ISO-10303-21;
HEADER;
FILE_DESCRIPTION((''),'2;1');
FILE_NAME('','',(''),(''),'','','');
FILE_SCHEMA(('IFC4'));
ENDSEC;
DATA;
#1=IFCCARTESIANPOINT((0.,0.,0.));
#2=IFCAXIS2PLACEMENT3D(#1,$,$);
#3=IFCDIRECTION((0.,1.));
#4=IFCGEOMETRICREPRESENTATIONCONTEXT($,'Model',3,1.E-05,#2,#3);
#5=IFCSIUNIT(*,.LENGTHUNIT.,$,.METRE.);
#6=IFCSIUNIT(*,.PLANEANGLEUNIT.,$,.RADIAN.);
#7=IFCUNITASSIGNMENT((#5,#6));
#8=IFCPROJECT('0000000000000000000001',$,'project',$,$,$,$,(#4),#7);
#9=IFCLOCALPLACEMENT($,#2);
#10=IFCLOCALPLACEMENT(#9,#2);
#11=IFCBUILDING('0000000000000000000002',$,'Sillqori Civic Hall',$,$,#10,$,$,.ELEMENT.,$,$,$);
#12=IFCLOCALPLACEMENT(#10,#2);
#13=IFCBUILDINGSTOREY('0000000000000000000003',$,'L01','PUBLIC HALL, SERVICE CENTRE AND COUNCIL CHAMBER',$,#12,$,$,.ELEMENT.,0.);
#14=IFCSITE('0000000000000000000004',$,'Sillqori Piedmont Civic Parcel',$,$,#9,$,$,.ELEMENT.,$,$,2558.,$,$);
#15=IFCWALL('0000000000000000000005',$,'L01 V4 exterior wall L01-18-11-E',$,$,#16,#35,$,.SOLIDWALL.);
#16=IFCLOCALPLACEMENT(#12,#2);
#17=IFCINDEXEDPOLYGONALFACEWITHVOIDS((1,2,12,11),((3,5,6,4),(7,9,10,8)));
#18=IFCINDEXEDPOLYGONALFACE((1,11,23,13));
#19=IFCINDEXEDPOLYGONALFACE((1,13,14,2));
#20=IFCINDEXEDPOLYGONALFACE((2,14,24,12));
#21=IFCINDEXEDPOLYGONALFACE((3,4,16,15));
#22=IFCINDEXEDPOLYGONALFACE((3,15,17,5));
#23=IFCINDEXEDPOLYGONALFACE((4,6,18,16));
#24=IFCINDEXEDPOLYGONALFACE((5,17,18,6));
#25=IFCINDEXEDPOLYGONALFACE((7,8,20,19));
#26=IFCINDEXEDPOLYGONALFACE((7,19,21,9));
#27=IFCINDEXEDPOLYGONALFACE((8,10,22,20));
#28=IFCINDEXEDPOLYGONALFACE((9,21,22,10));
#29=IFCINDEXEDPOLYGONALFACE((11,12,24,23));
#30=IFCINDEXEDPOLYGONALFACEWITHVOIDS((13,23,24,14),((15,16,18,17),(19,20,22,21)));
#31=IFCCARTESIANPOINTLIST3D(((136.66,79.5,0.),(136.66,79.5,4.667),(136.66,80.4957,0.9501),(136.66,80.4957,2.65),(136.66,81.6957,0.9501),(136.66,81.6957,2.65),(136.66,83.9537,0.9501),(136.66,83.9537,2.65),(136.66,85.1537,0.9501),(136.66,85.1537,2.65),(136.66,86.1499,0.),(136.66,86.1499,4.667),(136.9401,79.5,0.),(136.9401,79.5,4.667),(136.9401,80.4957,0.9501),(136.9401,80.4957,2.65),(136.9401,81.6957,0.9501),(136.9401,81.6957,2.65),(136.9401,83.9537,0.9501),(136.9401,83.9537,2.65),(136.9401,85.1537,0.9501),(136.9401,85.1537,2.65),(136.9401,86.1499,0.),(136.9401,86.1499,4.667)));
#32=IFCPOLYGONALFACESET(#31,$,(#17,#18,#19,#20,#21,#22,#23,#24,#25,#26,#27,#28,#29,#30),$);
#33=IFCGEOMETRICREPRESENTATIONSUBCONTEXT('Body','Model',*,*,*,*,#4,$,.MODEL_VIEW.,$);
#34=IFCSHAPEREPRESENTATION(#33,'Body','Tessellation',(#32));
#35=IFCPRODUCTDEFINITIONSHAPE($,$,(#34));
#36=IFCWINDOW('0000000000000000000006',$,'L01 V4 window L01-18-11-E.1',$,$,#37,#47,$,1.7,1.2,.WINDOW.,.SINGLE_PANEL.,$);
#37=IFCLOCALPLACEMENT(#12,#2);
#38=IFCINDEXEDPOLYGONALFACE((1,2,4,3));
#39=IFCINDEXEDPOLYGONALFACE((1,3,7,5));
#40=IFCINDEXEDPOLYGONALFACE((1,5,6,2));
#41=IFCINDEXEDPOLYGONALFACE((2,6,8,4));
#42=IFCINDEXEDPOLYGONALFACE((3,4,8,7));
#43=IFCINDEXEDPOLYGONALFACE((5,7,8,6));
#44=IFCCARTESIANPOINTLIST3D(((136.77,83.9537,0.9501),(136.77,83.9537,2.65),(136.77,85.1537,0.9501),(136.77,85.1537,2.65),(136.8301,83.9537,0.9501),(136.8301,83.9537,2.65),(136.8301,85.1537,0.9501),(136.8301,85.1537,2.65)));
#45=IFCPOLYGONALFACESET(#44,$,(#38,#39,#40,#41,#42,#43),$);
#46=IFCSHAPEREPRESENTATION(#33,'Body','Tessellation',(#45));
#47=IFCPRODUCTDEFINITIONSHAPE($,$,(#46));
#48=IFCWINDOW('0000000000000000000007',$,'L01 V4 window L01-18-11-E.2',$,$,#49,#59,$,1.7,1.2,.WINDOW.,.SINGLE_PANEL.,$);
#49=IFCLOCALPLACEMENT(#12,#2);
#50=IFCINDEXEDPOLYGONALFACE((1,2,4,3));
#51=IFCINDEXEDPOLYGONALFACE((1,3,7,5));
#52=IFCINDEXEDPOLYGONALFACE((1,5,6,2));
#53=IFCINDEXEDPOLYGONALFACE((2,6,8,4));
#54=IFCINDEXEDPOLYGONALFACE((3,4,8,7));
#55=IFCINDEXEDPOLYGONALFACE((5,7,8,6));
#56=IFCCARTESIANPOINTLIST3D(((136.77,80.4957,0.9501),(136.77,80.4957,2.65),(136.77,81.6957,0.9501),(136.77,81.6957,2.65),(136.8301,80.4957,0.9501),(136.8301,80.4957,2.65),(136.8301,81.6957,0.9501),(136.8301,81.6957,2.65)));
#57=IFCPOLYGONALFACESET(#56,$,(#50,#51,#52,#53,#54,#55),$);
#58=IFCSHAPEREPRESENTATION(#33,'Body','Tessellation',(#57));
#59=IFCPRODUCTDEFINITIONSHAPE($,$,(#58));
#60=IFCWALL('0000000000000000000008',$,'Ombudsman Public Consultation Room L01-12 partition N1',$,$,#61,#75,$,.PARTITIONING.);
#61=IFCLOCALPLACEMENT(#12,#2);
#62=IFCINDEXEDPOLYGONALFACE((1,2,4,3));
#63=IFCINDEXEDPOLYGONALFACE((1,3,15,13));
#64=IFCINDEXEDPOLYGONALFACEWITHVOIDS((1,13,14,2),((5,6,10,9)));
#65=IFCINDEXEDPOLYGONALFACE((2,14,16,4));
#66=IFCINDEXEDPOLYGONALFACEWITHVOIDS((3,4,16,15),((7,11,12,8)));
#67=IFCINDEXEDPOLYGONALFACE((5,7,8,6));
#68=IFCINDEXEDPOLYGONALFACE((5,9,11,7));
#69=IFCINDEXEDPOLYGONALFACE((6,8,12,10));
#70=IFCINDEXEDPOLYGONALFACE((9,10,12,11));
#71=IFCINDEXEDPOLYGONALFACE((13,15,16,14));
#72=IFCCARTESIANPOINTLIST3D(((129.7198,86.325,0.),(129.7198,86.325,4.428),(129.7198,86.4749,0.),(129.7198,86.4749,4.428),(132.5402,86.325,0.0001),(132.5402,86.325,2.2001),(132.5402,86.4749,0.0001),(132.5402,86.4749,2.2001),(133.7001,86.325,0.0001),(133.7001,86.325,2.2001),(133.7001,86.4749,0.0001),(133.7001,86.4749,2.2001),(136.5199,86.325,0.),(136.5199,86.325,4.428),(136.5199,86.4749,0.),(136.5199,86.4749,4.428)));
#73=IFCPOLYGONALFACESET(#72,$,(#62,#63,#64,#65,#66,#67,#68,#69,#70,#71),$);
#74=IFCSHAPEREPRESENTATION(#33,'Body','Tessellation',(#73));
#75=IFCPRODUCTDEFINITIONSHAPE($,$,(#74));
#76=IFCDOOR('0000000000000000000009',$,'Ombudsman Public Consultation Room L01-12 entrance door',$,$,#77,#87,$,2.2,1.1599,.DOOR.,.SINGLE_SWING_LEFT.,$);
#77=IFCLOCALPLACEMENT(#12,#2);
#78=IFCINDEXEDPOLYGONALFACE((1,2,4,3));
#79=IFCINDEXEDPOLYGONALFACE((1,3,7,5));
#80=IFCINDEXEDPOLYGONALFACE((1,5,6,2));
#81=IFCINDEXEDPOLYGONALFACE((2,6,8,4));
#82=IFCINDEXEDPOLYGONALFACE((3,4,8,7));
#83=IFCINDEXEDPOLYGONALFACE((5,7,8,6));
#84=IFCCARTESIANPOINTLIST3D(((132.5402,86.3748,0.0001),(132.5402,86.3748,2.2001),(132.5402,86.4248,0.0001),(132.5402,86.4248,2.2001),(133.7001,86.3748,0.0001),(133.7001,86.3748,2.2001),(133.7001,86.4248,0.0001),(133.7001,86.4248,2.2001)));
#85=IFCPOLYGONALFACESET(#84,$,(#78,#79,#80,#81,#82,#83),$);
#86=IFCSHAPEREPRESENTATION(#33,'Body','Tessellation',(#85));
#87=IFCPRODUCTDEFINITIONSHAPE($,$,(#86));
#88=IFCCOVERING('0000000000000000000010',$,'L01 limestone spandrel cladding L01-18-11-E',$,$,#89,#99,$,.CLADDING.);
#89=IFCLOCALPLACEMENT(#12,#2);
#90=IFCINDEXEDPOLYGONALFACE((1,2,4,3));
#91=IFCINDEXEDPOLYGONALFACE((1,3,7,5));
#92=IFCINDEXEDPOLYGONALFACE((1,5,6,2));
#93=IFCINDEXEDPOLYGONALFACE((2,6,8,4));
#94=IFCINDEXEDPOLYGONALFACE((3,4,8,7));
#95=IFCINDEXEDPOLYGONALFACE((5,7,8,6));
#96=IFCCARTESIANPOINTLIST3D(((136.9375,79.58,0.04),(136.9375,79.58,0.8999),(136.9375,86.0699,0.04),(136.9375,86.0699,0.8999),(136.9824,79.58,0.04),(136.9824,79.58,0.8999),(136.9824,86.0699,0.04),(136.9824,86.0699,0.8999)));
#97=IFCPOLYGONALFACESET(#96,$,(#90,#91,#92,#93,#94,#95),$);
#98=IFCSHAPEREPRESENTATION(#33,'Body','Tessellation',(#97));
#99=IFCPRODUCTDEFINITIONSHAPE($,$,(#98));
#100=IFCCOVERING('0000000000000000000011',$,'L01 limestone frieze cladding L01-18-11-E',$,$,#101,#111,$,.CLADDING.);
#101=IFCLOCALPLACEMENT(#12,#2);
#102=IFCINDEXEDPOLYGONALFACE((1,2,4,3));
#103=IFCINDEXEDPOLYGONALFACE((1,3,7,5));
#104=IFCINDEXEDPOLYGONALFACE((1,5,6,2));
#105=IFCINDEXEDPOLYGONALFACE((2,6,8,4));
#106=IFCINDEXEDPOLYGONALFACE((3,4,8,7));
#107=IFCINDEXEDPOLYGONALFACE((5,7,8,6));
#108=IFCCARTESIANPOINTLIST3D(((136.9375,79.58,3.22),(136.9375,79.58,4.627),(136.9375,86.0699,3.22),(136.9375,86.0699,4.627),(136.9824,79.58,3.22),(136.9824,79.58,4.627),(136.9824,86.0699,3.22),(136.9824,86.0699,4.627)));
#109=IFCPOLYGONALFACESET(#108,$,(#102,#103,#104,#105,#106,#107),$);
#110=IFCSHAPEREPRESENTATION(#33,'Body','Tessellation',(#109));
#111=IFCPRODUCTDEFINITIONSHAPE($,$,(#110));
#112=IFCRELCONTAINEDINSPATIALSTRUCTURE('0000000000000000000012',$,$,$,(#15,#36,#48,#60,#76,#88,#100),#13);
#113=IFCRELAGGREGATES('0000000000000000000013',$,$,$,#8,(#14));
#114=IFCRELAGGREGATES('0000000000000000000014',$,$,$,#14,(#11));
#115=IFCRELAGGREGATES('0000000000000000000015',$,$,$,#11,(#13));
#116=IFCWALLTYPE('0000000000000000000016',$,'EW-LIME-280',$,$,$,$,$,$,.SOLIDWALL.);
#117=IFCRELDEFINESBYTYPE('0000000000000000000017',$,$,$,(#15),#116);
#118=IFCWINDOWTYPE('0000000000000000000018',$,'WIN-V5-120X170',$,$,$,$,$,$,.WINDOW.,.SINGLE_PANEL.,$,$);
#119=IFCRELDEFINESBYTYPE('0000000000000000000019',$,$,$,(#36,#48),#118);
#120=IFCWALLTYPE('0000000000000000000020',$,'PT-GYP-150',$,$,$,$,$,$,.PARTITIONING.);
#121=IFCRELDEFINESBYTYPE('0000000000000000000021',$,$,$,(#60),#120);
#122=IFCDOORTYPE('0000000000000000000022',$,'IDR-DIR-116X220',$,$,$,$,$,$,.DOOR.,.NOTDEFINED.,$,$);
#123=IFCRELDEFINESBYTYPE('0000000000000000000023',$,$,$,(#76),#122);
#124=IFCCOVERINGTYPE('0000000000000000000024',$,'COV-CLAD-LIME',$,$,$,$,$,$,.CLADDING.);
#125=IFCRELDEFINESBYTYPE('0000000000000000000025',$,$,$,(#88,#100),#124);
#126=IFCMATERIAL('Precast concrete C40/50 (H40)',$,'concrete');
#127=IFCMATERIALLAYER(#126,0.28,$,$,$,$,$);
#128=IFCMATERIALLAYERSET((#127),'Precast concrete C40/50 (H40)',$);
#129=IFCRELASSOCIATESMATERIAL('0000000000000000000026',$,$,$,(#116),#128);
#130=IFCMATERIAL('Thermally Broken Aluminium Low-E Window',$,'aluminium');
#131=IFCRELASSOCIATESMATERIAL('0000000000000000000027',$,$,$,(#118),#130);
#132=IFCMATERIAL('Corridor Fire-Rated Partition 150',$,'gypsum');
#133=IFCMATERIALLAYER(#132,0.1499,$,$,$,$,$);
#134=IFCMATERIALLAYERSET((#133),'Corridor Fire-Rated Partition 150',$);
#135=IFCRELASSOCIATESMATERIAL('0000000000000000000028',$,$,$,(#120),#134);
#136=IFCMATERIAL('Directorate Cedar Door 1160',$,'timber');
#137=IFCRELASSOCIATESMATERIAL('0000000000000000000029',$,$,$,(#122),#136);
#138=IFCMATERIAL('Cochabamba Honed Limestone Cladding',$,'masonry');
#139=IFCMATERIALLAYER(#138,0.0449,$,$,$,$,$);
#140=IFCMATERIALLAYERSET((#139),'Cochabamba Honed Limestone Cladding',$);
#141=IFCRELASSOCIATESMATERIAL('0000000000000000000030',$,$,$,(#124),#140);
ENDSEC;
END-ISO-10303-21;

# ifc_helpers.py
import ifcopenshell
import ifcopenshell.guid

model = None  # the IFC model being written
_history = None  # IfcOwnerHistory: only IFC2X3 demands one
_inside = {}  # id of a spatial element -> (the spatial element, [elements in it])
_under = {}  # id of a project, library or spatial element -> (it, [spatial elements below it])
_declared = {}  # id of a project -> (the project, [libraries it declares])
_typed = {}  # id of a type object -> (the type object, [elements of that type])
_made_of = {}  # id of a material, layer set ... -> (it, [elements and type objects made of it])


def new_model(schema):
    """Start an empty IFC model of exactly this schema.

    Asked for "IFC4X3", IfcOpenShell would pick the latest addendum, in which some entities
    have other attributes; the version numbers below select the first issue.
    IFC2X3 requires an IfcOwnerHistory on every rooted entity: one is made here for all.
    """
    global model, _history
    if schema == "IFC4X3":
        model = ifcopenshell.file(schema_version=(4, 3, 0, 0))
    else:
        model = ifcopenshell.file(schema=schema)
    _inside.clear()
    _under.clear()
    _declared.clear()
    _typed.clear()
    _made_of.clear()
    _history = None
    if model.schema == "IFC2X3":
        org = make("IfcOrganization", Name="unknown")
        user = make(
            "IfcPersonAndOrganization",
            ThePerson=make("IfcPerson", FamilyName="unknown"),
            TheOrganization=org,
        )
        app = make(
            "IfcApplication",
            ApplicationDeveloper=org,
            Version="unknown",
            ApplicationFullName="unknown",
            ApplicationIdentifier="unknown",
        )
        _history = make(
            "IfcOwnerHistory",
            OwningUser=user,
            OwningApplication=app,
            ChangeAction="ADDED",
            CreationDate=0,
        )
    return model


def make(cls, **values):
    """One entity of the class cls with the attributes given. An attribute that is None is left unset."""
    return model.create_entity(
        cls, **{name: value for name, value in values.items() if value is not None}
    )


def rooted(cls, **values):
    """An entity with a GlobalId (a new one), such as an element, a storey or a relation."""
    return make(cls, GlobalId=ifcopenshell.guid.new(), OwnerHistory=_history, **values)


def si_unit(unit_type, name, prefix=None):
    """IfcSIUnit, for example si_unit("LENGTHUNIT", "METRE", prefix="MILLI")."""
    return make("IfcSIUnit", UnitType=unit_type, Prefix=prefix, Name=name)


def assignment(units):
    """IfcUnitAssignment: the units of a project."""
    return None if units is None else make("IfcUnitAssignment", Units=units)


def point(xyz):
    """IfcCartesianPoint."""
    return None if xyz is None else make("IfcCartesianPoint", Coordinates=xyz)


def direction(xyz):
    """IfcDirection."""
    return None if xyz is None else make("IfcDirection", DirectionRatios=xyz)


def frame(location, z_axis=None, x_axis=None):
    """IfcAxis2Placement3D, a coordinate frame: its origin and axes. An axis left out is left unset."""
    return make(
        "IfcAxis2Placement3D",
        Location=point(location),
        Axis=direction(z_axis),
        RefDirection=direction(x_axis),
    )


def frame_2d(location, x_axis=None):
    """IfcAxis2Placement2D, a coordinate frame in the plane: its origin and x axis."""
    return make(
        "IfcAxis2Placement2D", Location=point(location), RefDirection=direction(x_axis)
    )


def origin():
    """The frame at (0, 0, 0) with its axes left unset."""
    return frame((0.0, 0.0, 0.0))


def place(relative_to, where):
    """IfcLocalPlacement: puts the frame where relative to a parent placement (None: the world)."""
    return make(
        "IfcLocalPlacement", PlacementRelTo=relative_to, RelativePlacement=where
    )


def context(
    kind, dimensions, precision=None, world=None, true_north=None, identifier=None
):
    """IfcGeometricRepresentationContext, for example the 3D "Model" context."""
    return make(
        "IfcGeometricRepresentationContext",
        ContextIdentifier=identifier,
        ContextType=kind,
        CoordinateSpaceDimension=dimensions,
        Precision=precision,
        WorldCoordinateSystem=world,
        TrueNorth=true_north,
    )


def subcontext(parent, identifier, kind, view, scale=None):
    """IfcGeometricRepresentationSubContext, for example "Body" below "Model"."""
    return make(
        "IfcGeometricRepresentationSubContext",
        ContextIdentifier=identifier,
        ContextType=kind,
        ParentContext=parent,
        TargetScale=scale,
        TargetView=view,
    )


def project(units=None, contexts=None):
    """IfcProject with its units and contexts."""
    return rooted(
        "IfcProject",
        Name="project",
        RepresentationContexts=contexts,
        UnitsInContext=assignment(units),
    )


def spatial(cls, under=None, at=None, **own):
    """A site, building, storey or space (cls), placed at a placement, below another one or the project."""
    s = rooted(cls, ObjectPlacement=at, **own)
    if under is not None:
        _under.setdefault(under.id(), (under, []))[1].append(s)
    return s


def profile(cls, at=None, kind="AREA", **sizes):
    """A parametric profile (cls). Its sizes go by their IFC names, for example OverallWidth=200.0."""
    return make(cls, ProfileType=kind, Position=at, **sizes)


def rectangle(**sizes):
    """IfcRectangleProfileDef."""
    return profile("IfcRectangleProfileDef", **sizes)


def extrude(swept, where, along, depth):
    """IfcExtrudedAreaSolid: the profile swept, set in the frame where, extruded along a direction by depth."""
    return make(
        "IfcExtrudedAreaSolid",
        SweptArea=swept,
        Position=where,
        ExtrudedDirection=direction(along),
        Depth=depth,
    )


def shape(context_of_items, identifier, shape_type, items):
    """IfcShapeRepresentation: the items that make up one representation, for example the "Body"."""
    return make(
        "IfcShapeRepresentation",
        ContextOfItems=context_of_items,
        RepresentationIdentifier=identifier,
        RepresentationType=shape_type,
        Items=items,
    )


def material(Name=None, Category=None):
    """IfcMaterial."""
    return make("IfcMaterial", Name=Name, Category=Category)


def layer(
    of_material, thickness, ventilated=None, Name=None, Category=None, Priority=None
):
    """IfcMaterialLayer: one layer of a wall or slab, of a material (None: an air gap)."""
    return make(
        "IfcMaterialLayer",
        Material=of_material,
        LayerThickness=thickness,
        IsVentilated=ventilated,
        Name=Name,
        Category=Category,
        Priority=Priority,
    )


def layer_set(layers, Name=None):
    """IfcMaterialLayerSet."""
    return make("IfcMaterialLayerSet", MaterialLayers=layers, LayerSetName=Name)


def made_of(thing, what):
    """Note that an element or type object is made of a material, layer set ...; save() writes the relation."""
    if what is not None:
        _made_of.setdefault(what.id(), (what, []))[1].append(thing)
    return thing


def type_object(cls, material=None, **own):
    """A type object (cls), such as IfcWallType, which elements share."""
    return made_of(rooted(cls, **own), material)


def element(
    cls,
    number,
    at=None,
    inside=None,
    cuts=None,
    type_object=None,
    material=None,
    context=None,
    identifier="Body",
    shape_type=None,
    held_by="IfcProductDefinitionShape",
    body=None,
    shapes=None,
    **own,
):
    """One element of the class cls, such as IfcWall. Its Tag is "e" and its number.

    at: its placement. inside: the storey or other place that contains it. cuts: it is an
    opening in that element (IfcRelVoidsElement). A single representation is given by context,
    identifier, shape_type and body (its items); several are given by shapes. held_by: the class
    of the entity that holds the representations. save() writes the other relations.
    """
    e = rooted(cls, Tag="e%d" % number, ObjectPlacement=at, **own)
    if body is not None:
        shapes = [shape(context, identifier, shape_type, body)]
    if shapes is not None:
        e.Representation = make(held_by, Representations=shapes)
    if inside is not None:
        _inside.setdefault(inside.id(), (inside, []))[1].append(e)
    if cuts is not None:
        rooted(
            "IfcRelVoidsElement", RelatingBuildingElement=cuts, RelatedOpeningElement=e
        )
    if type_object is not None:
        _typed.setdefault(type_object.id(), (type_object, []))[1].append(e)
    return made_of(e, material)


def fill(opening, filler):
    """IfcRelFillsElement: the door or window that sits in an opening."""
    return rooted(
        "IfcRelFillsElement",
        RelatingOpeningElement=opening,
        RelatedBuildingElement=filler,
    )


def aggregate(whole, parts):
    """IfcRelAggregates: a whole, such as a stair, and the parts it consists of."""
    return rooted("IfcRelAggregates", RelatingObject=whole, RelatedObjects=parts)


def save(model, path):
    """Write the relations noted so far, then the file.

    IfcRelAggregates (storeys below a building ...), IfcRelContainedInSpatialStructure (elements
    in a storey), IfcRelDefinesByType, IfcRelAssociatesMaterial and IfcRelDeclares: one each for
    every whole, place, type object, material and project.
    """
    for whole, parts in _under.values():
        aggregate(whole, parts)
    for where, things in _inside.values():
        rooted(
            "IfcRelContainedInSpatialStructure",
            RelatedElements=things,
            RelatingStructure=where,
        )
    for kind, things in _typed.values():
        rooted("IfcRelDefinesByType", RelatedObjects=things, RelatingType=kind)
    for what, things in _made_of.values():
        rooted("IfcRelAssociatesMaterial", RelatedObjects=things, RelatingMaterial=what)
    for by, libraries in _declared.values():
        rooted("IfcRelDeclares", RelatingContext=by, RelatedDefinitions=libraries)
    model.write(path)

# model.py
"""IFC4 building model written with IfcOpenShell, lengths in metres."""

from ifc_helpers import new_model, si_unit, direction, frame, frame_2d, origin, place, context, subcontext, project, spatial, rectangle, extrude, material, layer, layer_set, type_object, element, fill, save


model = new_model("IFC4")

# Units and contexts
model_context = context("Model", 3, precision=1e-05, world=origin(), true_north=direction((0.0, 1.0)))
body_context = subcontext(model_context, "Body", "Model", "MODEL_VIEW")
ifc_project = project(units=[si_unit("LENGTHUNIT", "METRE"), si_unit("PLANEANGLEUNIT", "RADIAN")], contexts=[model_context])

# Site, building, storey
site_placement = place(None, origin())
site = spatial("IfcSite", under=ifc_project, at=site_placement, Name="Sillqori Piedmont Civic Parcel", CompositionType="ELEMENT", RefElevation=2558.0)
building_placement = place(site_placement, origin())
building = spatial("IfcBuilding", under=site, at=building_placement, Name="Sillqori Civic Hall", CompositionType="ELEMENT")
storey_placement = place(building_placement, origin())
storey = spatial("IfcBuildingStorey", under=building, at=storey_placement, Name="L01", Description="PUBLIC HALL, SERVICE CENTRE AND COUNCIL CHAMBER", CompositionType="ELEMENT", Elevation=0.0)

# Wall, openings, windows
ifc_material_1 = material(Name="Precast concrete C40/50 (H40)", Category="concrete")
ifc_layer_1 = layer(ifc_material_1, 0.28)
ifc_layer_set_1 = layer_set([ifc_layer_1], Name="Precast concrete C40/50 (H40)")
wall_type_1 = type_object("IfcWallType", Name="EW-LIME-280", PredefinedType="SOLIDWALL", material=ifc_layer_set_1)
wall_1_placement = place(storey_placement, frame((136.8, 86.1499, 0.0), z_axis=(0.0, 0.0, 1.0), x_axis=(0.0, -1.0, 0.0)))
wall_1 = element("IfcWall", 1, at=wall_1_placement, inside=storey, type_object=wall_type_1, Name="L01 V4 exterior wall L01-18-11-E", PredefinedType="SOLIDWALL", context=body_context, shape_type="SweptSolid", body=[
    extrude(rectangle(XDim=6.6499, YDim=0.28, at=frame_2d((3.325, 0.0))), origin(), (0.0, 0.0, 1.0), 4.667),
])
opening_1_placement = place(wall_1_placement, frame((0.9961, 0.0, 0.95)))
opening_1 = element("IfcOpeningElement", 2, at=opening_1_placement, cuts=wall_1, PredefinedType="OPENING", context=body_context, shape_type="SweptSolid", body=[
    extrude(rectangle(XDim=1.2, YDim=1.7, at=frame_2d((0.6001, 0.8501))), frame((0.0, 0.1499, 0.0), z_axis=(0.0, -1.0, 0.0), x_axis=(1.0, 0.0, 0.0)), (0.0, 0.0, 1.0), 0.3),
])
opening_2_placement = place(wall_1_placement, frame((4.4541, 0.0, 0.95)))
opening_2 = element("IfcOpeningElement", 3, at=opening_2_placement, cuts=wall_1, PredefinedType="OPENING", context=body_context, shape_type="SweptSolid", body=[
    extrude(rectangle(XDim=1.2, YDim=1.7, at=frame_2d((0.6001, 0.8501))), frame((0.0, 0.1499, 0.0), z_axis=(0.0, -1.0, 0.0), x_axis=(1.0, 0.0, 0.0)), (0.0, 0.0, 1.0), 0.3),
])
ifc_material_2 = material(Name="Thermally Broken Aluminium Low-E Window", Category="aluminium")
window_type = type_object("IfcWindowType", Name="WIN-V5-120X170", PartitioningType="SINGLE_PANEL", PredefinedType="WINDOW", material=ifc_material_2)
window_1_placement = place(opening_1_placement, origin())
window_1 = element("IfcWindow", 4, at=window_1_placement, inside=storey, type_object=window_type, Name="L01 V4 window L01-18-11-E.1", OverallHeight=1.7, OverallWidth=1.2, PartitioningType="SINGLE_PANEL", PredefinedType="WINDOW", context=body_context, shape_type="SweptSolid", body=[
    extrude(rectangle(XDim=1.2, YDim=1.7, at=frame_2d((0.6001, 0.8501))), frame((0.0, 0.03, 0.0), z_axis=(0.0, -1.0, 0.0), x_axis=(1.0, 0.0, 0.0)), (0.0, 0.0, 1.0), 0.0601),
])
fill(opening_1, window_1)
window_2_placement = place(opening_2_placement, origin())
window_2 = element("IfcWindow", 5, at=window_2_placement, inside=storey, type_object=window_type, Name="L01 V4 window L01-18-11-E.2", OverallHeight=1.7, OverallWidth=1.2, PartitioningType="SINGLE_PANEL", PredefinedType="WINDOW", context=body_context, shape_type="SweptSolid", body=[
    extrude(rectangle(XDim=1.2, YDim=1.7, at=frame_2d((0.6001, 0.8501))), frame((0.0, 0.03, 0.0), z_axis=(0.0, -1.0, 0.0), x_axis=(1.0, 0.0, 0.0)), (0.0, 0.0, 1.0), 0.0601),
])
fill(opening_2, window_2)

# Wall, opening, door
ifc_material_3 = material(Name="Corridor Fire-Rated Partition 150", Category="gypsum")
ifc_layer_2 = layer(ifc_material_3, 0.1499)
ifc_layer_set_2 = layer_set([ifc_layer_2], Name="Corridor Fire-Rated Partition 150")
wall_type_2 = type_object("IfcWallType", Name="PT-GYP-150", PredefinedType="PARTITIONING", material=ifc_layer_set_2)
wall_2_placement = place(storey_placement, frame((129.72, 86.3999, 0.0), z_axis=(0.0, 0.0, 1.0), x_axis=(1.0, 0.0, 0.0)))
wall_2 = element("IfcWall", 6, at=wall_2_placement, inside=storey, type_object=wall_type_2, Name="Ombudsman Public Consultation Room L01-12 partition N1", PredefinedType="PARTITIONING", context=body_context, shape_type="SweptSolid", body=[
    extrude(rectangle(XDim=6.8, YDim=0.1499, at=frame_2d((3.3999, 0.0))), origin(), (0.0, 0.0, 1.0), 4.428),
])
opening_3_placement = place(wall_2_placement, frame((2.8201, 0.0, 0.0)))
opening_3 = element("IfcOpeningElement", 7, at=opening_3_placement, cuts=wall_2, PredefinedType="OPENING", context=body_context, shape_type="SweptSolid", body=[
    extrude(rectangle(XDim=1.1599, YDim=2.2, at=frame_2d((0.5801, 1.1001))), frame((0.0, 0.085, 0.0), z_axis=(0.0, -1.0, 0.0), x_axis=(1.0, 0.0, 0.0)), (0.0, 0.0, 1.0), 0.1699),
])
ifc_material_4 = material(Name="Directorate Cedar Door 1160", Category="timber")
door_type = type_object("IfcDoorType", Name="IDR-DIR-116X220", OperationType="NOTDEFINED", PredefinedType="DOOR", material=ifc_material_4)
door_placement = place(opening_3_placement, origin())
door = element("IfcDoor", 8, at=door_placement, inside=storey, type_object=door_type, Name="Ombudsman Public Consultation Room L01-12 entrance door", OperationType="SINGLE_SWING_LEFT", OverallHeight=2.2, OverallWidth=1.1599, PredefinedType="DOOR", context=body_context, shape_type="SweptSolid", body=[
    extrude(rectangle(XDim=1.1599, YDim=2.2, at=frame_2d((0.5801, 1.1001))), frame((0.0, 0.0249, 0.0), z_axis=(0.0, -1.0, 0.0), x_axis=(1.0, 0.0, 0.0)), (0.0, 0.0, 1.0), 0.05),
])
fill(opening_3, door)

# Coverings
ifc_material_5 = material(Name="Cochabamba Honed Limestone Cladding", Category="masonry")
ifc_layer_3 = layer(ifc_material_5, 0.0449)
ifc_layer_set_3 = layer_set([ifc_layer_3], Name="Cochabamba Honed Limestone Cladding")
covering_type = type_object("IfcCoveringType", Name="COV-CLAD-LIME", PredefinedType="CLADDING", material=ifc_layer_set_3)
covering_1_placement = place(storey_placement, frame((136.96, 86.0701, 0.04), z_axis=(0.0, 0.0, 1.0), x_axis=(0.0, -1.0, 0.0)))
element("IfcCovering", 9, at=covering_1_placement, inside=storey, type_object=covering_type, Name="L01 limestone spandrel cladding L01-18-11-E", PredefinedType="CLADDING", context=body_context, shape_type="SweptSolid", body=[
    extrude(rectangle(XDim=6.49, YDim=0.0449, at=frame_2d((3.2451, 0.0))), origin(), (0.0, 0.0, 1.0), 0.8599),
])
covering_2_placement = place(storey_placement, frame((136.96, 86.0701, 3.22), z_axis=(0.0, 0.0, 1.0), x_axis=(0.0, -1.0, 0.0)))
element("IfcCovering", 10, at=covering_2_placement, inside=storey, type_object=covering_type, Name="L01 limestone frieze cladding L01-18-11-E", PredefinedType="CLADDING", context=body_context, shape_type="SweptSolid", body=[
    extrude(rectangle(XDim=6.49, YDim=0.0449, at=frame_2d((3.2451, 0.0))), origin(), (0.0, 0.0, 1.0), 1.407),
])

save(model, "model.ifc")
